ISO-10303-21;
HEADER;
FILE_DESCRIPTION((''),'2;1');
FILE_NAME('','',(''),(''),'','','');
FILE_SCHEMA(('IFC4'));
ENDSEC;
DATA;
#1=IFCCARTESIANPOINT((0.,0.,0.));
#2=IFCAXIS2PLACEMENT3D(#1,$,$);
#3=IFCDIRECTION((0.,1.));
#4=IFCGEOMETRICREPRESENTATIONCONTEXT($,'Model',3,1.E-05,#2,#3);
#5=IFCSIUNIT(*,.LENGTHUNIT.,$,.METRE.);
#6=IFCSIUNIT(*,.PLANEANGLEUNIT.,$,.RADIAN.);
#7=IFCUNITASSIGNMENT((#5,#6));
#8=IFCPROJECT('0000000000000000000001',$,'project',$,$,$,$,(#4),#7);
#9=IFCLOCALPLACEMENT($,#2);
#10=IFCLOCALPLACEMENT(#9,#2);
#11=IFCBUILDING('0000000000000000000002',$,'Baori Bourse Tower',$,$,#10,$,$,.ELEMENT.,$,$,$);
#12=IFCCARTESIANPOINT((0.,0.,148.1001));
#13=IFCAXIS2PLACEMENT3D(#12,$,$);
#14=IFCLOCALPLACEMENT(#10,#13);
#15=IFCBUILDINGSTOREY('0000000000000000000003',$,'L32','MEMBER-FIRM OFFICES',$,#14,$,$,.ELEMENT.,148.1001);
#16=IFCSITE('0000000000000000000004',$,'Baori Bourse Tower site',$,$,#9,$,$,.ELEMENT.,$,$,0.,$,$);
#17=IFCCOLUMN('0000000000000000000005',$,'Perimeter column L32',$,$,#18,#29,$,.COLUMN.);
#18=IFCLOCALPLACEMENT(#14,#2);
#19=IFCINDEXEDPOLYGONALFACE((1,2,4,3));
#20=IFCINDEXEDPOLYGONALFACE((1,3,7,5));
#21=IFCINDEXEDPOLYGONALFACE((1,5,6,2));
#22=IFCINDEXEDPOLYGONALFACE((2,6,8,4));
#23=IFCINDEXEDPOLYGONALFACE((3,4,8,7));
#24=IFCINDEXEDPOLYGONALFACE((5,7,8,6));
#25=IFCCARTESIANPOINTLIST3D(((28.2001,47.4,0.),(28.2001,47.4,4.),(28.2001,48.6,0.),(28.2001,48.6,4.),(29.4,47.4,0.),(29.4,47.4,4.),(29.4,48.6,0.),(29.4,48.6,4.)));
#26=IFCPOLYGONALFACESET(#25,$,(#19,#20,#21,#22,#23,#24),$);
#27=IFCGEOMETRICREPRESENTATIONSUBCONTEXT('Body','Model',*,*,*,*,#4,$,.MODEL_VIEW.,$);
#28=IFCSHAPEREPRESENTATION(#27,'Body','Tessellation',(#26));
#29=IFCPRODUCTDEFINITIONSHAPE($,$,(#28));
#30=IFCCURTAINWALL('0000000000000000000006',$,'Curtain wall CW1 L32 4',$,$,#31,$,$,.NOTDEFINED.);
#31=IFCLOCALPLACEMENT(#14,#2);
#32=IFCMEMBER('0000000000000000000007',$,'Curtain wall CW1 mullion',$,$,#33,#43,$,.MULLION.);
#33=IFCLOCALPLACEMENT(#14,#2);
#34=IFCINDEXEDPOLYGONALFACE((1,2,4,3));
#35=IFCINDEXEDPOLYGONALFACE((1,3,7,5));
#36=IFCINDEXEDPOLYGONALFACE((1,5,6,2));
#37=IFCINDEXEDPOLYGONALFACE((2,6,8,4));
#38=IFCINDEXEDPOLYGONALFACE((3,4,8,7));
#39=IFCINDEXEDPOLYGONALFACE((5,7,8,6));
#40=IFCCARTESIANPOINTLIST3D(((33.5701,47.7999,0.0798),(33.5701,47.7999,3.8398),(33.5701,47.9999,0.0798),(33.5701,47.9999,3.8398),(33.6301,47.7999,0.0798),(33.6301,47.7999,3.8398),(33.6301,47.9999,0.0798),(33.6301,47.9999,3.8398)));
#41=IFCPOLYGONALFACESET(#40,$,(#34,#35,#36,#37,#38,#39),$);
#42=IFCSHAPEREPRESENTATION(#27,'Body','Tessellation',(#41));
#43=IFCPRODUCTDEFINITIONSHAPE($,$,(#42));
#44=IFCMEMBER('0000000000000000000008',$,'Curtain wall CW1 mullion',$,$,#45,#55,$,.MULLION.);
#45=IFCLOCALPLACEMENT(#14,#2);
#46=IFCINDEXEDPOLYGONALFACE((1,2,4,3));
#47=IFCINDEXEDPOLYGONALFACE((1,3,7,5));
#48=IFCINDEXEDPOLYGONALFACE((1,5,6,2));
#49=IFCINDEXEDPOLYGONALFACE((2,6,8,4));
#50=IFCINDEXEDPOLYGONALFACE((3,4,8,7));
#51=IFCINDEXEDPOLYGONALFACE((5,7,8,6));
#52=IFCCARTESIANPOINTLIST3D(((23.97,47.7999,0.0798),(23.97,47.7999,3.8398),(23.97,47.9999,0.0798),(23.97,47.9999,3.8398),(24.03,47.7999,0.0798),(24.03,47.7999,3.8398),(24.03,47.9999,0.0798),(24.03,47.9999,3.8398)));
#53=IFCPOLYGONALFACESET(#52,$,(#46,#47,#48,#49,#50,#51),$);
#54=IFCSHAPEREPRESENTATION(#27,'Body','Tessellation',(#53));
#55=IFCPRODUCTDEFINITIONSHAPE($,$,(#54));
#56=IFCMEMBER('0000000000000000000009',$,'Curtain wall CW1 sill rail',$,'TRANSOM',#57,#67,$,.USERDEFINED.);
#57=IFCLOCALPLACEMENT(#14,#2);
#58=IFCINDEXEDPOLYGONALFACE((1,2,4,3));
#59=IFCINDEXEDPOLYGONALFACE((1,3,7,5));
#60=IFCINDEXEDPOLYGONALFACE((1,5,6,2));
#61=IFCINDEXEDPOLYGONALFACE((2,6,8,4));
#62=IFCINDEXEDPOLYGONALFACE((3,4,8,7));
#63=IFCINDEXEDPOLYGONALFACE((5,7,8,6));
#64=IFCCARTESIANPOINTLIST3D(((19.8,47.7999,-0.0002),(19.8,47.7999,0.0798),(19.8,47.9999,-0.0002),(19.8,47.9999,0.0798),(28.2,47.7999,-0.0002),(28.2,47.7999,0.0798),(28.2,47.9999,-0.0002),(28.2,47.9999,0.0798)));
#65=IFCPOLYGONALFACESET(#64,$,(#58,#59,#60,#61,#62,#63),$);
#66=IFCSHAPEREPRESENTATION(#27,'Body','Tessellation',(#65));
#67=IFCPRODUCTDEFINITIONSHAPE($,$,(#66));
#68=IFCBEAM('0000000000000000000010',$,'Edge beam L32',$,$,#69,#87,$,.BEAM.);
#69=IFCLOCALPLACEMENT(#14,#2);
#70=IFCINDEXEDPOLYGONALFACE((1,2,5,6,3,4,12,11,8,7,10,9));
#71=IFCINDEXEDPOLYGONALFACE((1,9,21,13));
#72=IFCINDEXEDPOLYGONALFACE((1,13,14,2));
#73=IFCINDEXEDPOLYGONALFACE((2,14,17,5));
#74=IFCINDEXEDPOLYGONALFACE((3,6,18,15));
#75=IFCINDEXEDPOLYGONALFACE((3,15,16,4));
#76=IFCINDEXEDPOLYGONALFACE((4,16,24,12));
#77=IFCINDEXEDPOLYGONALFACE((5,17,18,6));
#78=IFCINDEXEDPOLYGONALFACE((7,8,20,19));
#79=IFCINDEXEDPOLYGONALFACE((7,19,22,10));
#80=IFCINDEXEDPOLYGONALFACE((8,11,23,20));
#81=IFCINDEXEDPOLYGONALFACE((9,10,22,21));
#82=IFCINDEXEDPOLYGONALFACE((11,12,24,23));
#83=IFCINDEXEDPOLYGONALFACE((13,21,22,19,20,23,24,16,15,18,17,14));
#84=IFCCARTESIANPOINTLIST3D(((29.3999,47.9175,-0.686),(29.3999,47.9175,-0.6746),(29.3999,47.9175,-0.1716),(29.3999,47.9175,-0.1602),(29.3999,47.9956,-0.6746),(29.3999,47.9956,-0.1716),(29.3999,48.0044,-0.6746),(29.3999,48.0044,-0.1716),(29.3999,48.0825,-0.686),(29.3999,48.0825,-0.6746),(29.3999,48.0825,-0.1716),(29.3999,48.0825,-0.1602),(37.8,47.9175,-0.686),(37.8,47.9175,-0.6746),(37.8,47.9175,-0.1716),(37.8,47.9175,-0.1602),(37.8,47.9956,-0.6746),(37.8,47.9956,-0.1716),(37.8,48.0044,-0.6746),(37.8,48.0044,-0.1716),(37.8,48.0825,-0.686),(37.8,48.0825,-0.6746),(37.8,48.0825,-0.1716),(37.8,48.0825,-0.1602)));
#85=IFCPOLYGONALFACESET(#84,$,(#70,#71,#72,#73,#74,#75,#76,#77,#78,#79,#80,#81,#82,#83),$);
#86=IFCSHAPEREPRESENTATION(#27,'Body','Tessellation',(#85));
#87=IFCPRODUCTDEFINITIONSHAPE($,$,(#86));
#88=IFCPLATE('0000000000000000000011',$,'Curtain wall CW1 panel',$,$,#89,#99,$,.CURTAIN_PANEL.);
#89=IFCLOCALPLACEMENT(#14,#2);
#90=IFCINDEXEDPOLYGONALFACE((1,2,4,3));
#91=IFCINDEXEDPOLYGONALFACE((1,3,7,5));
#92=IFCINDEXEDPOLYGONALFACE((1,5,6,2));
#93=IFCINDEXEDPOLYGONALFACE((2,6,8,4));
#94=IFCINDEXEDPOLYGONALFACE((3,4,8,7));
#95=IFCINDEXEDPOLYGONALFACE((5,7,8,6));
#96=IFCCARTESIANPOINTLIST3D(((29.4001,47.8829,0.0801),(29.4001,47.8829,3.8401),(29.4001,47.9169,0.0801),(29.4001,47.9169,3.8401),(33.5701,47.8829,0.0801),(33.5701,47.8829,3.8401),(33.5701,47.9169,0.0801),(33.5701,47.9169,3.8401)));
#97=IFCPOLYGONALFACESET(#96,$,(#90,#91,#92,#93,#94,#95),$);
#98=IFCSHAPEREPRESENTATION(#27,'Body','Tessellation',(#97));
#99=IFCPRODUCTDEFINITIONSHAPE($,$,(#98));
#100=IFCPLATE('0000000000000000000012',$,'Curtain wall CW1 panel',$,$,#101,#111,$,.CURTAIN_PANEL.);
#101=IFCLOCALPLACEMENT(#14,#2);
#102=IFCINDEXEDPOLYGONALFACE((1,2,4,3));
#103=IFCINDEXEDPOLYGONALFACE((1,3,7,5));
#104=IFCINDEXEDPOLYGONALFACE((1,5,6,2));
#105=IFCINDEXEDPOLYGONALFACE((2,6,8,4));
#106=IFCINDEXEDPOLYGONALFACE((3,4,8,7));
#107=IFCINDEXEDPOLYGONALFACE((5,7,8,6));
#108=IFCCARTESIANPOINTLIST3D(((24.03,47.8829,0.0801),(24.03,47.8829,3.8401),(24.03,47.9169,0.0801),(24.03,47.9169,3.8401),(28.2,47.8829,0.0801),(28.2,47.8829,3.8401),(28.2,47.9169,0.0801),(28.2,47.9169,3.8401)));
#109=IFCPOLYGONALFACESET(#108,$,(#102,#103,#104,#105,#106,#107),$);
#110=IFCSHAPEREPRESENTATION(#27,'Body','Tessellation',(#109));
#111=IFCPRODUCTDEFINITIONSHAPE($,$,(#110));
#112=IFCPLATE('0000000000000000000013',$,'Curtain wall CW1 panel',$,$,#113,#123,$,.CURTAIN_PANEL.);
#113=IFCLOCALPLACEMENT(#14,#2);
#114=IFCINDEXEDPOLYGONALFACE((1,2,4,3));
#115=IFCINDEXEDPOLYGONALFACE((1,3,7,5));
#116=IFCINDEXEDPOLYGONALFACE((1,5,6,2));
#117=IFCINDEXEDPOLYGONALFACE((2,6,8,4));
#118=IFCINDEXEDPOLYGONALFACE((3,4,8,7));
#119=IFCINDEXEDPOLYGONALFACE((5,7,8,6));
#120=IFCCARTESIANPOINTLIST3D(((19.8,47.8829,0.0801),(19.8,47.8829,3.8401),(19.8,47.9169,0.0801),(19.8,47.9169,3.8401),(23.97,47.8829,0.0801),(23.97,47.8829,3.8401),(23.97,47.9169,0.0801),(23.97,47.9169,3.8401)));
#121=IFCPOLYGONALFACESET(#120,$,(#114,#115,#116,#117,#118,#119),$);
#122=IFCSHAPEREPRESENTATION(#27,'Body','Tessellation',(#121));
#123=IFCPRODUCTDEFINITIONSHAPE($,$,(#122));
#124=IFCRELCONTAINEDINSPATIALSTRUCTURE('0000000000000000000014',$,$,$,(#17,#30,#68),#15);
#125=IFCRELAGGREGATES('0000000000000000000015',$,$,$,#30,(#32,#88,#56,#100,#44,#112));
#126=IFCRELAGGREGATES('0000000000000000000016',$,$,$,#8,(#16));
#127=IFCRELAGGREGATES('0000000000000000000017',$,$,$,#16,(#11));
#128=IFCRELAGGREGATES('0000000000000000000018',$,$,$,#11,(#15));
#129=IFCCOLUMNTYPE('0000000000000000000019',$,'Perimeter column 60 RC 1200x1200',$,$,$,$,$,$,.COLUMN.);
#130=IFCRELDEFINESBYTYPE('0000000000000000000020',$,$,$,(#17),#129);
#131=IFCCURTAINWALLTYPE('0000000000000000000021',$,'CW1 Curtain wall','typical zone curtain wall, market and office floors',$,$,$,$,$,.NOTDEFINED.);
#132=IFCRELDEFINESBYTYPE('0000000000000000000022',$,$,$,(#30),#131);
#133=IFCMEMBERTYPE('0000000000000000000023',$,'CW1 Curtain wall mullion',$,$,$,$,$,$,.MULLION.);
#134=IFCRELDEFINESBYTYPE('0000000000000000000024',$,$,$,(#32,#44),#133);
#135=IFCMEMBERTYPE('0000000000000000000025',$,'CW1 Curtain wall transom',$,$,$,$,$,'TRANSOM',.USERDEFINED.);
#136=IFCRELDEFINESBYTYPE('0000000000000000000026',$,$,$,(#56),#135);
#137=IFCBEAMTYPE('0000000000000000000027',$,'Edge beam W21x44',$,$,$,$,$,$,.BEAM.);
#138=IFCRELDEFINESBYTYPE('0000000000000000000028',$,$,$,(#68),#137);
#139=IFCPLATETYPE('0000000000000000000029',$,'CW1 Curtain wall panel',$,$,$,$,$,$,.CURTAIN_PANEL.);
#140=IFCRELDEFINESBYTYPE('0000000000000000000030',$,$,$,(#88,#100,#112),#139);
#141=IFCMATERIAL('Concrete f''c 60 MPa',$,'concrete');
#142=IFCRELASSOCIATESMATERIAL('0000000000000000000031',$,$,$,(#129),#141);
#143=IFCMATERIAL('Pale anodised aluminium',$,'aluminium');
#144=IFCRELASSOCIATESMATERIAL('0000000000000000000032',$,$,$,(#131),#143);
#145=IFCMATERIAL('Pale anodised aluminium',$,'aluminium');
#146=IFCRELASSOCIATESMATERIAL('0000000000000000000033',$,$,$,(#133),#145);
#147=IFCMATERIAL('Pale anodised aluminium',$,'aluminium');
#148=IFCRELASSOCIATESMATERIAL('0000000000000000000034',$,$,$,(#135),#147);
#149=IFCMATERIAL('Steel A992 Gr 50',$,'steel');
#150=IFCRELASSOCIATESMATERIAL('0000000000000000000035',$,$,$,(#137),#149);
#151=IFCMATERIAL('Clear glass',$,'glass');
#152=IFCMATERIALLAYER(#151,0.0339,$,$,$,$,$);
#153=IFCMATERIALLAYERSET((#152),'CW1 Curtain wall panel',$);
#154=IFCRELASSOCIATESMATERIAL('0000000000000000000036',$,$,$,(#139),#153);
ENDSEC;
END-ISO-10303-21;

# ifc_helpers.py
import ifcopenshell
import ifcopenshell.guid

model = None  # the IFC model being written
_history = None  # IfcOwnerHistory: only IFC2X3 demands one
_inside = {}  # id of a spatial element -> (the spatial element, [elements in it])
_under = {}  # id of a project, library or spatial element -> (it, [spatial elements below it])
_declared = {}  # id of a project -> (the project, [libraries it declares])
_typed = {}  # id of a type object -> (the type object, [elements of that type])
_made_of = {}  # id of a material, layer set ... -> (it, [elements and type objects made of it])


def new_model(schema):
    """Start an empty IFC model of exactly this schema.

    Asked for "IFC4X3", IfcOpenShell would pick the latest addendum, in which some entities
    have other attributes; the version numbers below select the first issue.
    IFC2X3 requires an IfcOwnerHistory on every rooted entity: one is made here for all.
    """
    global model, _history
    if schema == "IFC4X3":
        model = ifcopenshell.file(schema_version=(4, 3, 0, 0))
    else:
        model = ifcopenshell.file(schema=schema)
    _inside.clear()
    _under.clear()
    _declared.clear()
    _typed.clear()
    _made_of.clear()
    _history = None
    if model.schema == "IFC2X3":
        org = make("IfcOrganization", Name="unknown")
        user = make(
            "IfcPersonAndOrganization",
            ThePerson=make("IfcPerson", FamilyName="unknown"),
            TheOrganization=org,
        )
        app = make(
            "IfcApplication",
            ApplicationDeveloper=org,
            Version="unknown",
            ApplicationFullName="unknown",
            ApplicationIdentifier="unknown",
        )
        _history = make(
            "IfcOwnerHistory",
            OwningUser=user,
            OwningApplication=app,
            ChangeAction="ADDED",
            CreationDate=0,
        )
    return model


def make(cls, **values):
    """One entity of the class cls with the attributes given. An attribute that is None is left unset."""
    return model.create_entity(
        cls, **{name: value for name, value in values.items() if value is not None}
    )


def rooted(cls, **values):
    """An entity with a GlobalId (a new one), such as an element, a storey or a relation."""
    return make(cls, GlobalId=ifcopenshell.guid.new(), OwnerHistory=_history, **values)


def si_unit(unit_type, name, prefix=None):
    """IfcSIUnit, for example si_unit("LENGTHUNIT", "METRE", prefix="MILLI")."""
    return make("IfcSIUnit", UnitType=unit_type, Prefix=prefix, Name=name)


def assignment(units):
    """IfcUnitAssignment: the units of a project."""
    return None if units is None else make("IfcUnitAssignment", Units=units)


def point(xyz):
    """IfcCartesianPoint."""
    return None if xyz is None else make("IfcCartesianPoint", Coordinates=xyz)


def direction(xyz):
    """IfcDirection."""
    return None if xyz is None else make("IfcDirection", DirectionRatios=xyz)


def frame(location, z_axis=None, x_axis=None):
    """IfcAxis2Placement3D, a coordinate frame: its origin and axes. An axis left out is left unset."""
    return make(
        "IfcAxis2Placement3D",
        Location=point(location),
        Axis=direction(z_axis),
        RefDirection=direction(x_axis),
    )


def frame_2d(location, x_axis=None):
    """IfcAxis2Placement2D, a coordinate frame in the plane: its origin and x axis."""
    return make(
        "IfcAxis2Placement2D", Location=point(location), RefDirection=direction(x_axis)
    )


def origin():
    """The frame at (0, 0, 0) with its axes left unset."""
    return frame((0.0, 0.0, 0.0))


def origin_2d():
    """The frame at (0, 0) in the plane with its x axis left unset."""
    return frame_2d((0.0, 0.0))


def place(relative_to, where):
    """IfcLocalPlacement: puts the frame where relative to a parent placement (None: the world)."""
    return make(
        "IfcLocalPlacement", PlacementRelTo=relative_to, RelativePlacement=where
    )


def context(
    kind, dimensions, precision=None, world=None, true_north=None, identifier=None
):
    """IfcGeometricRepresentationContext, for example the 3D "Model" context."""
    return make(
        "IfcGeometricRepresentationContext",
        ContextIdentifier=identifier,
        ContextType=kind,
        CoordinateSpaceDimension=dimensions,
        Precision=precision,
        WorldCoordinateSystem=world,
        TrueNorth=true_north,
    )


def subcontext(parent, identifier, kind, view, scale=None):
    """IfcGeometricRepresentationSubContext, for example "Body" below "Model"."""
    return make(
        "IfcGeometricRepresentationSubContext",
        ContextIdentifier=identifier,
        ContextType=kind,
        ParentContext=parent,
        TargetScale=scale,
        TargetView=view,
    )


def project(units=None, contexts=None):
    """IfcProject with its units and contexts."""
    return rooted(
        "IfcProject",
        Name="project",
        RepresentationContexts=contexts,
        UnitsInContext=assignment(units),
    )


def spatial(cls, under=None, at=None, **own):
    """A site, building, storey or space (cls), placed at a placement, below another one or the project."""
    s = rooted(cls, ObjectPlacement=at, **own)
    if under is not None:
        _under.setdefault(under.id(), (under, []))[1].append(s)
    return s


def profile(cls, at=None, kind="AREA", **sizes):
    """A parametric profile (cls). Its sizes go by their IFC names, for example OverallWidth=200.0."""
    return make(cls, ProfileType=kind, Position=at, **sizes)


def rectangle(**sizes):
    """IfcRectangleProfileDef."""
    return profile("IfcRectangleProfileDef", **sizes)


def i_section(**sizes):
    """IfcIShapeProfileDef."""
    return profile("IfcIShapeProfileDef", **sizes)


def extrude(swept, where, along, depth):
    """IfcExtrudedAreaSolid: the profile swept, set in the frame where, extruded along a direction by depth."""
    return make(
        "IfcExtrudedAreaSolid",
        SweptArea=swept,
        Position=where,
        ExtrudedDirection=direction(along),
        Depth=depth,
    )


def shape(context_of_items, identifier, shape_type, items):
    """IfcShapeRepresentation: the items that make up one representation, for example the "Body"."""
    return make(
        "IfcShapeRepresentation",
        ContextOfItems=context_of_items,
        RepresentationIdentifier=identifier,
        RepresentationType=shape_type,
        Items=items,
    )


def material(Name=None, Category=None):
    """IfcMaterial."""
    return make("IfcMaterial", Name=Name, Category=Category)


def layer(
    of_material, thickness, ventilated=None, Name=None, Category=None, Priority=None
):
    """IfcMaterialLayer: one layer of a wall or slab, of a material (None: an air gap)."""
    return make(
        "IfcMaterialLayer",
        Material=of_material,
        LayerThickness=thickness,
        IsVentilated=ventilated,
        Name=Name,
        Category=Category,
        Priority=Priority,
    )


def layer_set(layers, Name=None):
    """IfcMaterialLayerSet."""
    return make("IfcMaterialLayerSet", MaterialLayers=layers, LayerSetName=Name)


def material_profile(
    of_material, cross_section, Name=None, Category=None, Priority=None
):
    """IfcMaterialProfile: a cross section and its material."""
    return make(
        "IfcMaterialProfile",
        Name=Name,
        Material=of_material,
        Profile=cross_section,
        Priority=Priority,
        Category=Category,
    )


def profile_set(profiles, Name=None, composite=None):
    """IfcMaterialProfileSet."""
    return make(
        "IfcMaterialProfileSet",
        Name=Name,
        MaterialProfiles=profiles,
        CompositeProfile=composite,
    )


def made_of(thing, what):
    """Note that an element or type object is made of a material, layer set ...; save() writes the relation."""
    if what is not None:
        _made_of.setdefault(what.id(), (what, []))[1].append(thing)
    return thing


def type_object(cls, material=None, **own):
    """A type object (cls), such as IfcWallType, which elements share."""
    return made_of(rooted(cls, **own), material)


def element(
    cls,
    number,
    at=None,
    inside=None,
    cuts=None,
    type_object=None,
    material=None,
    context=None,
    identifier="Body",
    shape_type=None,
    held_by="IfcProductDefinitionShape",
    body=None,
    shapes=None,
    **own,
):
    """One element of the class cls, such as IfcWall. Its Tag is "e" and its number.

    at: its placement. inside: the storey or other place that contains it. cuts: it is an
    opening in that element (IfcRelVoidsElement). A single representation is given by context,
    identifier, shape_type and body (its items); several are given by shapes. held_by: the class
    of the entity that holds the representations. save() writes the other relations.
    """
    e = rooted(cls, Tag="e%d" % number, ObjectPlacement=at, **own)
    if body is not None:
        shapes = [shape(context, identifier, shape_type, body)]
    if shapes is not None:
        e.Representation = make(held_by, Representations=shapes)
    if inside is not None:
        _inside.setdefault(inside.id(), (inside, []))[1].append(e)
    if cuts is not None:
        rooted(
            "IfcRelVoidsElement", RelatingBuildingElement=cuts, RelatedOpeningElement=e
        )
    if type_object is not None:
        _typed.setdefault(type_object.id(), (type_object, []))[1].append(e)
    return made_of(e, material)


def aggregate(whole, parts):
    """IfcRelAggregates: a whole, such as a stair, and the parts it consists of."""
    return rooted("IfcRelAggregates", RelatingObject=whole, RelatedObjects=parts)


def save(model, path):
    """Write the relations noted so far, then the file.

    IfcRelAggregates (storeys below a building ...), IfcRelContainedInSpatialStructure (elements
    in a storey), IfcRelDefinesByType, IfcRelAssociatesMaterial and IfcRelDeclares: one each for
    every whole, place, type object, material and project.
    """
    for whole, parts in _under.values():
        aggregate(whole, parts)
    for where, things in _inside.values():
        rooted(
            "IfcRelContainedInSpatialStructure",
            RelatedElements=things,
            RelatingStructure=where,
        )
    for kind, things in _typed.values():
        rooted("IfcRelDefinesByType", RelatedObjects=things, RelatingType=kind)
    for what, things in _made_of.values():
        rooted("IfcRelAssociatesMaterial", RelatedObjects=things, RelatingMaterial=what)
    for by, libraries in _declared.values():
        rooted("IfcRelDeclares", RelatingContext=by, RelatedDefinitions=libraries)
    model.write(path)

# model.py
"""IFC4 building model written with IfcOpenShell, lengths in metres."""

from ifc_helpers import new_model, si_unit, direction, frame, origin, origin_2d, place, context, subcontext, project, spatial, rectangle, i_section, extrude, material, layer, layer_set, material_profile, profile_set, type_object, element, aggregate, save


model = new_model("IFC4")

# Units and contexts
model_context = context("Model", 3, precision=1e-05, world=origin(), true_north=direction((0.0, 1.0)))
body_context = subcontext(model_context, "Body", "Model", "MODEL_VIEW")
ifc_project = project(units=[si_unit("LENGTHUNIT", "METRE"), si_unit("PLANEANGLEUNIT", "RADIAN")], contexts=[model_context])

# Site, building, storey
site_placement = place(None, origin())
site = spatial("IfcSite", under=ifc_project, at=site_placement, Name="Baori Bourse Tower site", CompositionType="ELEMENT", RefElevation=0.0)
building_placement = place(site_placement, origin())
building = spatial("IfcBuilding", under=site, at=building_placement, Name="Baori Bourse Tower", CompositionType="ELEMENT")
storey_placement = place(building_placement, frame((0.0, 0.0, 148.1001)))
storey = spatial("IfcBuildingStorey", under=building, at=storey_placement, Name="L32", Description="MEMBER-FIRM OFFICES", CompositionType="ELEMENT", Elevation=148.1001)

# Column
ifc_material_1 = material(Name="Concrete f'c 60 MPa", Category="concrete")
ifc_material_profile_1 = material_profile(ifc_material_1, rectangle(XDim=1.2, YDim=1.2, at=origin_2d()), Name="RC 1200x1200")
ifc_profile_set_1 = profile_set([ifc_material_profile_1], Name="Concrete f'c 60 MPa")
column_type = type_object("IfcColumnType", Name="Perimeter column 60 RC 1200x1200", PredefinedType="COLUMN", material=ifc_profile_set_1)
column_placement = place(storey_placement, frame((28.8, 48.0, 0.0), z_axis=(0.0, 0.0, 1.0), x_axis=(1.0, 0.0, 0.0)))
element("IfcColumn", 1, at=column_placement, inside=storey, type_object=column_type, Name="Perimeter column L32", PredefinedType="COLUMN", context=body_context, shape_type="SweptSolid", body=[
    extrude(rectangle(XDim=1.2, YDim=1.2, at=origin_2d()), origin(), (0.0, 0.0, 1.0), 4.0),
])

# Curtain wall, members
ifc_material_2 = material(Name="Pale anodised aluminium", Category="aluminium")
curtain_wall_type = type_object("IfcCurtainWallType", Name="CW1 Curtain wall", Description="typical zone curtain wall, market and office floors", PredefinedType="NOTDEFINED", material=ifc_material_2)
curtain_wall_placement = place(storey_placement, origin())
curtain_wall = element("IfcCurtainWall", 2, at=curtain_wall_placement, inside=storey, type_object=curtain_wall_type, Name="Curtain wall CW1 L32 4", PredefinedType="NOTDEFINED")
ifc_material_3 = material(Name="Pale anodised aluminium", Category="aluminium")
ifc_material_profile_2 = material_profile(ifc_material_3, rectangle(XDim=0.2, YDim=0.0601, at=origin_2d()), Name="Mullion 60x200")
ifc_profile_set_2 = profile_set([ifc_material_profile_2], Name="Pale anodised aluminium")
member_type_1 = type_object("IfcMemberType", Name="CW1 Curtain wall mullion", PredefinedType="MULLION", material=ifc_profile_set_2)
member_1_placement = place(storey_placement, frame((33.6001, 47.8999, 0.0798), z_axis=(0.0, 0.0, 1.0), x_axis=(0.0, -1.0, 0.0)))
member_1 = element("IfcMember", 3, at=member_1_placement, type_object=member_type_1, Name="Curtain wall CW1 mullion", PredefinedType="MULLION", context=body_context, shape_type="SweptSolid", body=[
    extrude(rectangle(XDim=0.2, YDim=0.0601, at=origin_2d()), origin(), (0.0, 0.0, 1.0), 3.76),
])
member_2_placement = place(storey_placement, frame((24.0, 47.8999, 0.0798), z_axis=(0.0, 0.0, 1.0), x_axis=(0.0, -1.0, 0.0)))
member_2 = element("IfcMember", 4, at=member_2_placement, type_object=member_type_1, Name="Curtain wall CW1 mullion", PredefinedType="MULLION", context=body_context, shape_type="SweptSolid", body=[
    extrude(rectangle(XDim=0.2, YDim=0.0601, at=origin_2d()), origin(), (0.0, 0.0, 1.0), 3.76),
])
ifc_material_4 = material(Name="Pale anodised aluminium", Category="aluminium")
ifc_material_profile_3 = material_profile(ifc_material_4, rectangle(XDim=0.2, YDim=0.0801, at=origin_2d()), Name="Transom 80x200")
ifc_profile_set_3 = profile_set([ifc_material_profile_3], Name="Pale anodised aluminium")
member_type_2 = type_object("IfcMemberType", Name="CW1 Curtain wall transom", ElementType="TRANSOM", PredefinedType="USERDEFINED", material=ifc_profile_set_3)
member_3_placement = place(storey_placement, frame((28.2, 47.8999, 0.0398), z_axis=(-1.0, 0.0, 0.0), x_axis=(0.0, -1.0, 0.0)))
member_3 = element("IfcMember", 5, at=member_3_placement, type_object=member_type_2, Name="Curtain wall CW1 sill rail", ObjectType="TRANSOM", PredefinedType="USERDEFINED", context=body_context, shape_type="SweptSolid", body=[
    extrude(rectangle(XDim=0.2, YDim=0.0801, at=origin_2d()), origin(), (0.0, 0.0, 1.0), 8.3999),
])

# Beam
ifc_material_5 = material(Name="Steel A992 Gr 50", Category="steel")
ifc_material_profile_4 = material_profile(ifc_material_5, i_section(OverallWidth=0.165, OverallDepth=0.5259, WebThickness=0.0088, FlangeThickness=0.0115, at=origin_2d()), Name="W21x44")
ifc_profile_set_4 = profile_set([ifc_material_profile_4], Name="Steel A992 Gr 50")
beam_type = type_object("IfcBeamType", Name="Edge beam W21x44", PredefinedType="BEAM", material=ifc_profile_set_4)
beam_placement = place(storey_placement, frame((29.3999, 48.0, -0.4231), z_axis=(1.0, 0.0, 0.0), x_axis=(0.0, 1.0, 0.0)))
element("IfcBeam", 6, at=beam_placement, inside=storey, type_object=beam_type, Name="Edge beam L32", PredefinedType="BEAM", context=body_context, shape_type="SweptSolid", body=[
    extrude(i_section(OverallWidth=0.165, OverallDepth=0.5259, WebThickness=0.0088, FlangeThickness=0.0115, at=origin_2d()), origin(), (0.0, 0.0, 1.0), 8.4001),
])

# Plates
ifc_material_6 = material(Name="Clear glass", Category="glass")
ifc_layer_1 = layer(ifc_material_6, 0.0339)
ifc_layer_set_1 = layer_set([ifc_layer_1], Name="CW1 Curtain wall panel")
plate_type = type_object("IfcPlateType", Name="CW1 Curtain wall panel", PredefinedType="CURTAIN_PANEL", material=ifc_layer_set_1)
plate_1_placement = place(storey_placement, frame((31.4851, 47.8999, 0.0801), z_axis=(0.0, 0.0, 1.0), x_axis=(-1.0, 0.0, 0.0)))
plate_1 = element("IfcPlate", 7, at=plate_1_placement, type_object=plate_type, Name="Curtain wall CW1 panel", PredefinedType="CURTAIN_PANEL", context=body_context, shape_type="SweptSolid", body=[
    extrude(rectangle(XDim=4.1699, YDim=0.0339, at=origin_2d()), origin(), (0.0, 0.0, 1.0), 3.76),
])
plate_2_placement = place(storey_placement, frame((26.115, 47.8999, 0.0801), z_axis=(0.0, 0.0, 1.0), x_axis=(-1.0, 0.0, 0.0)))
plate_2 = element("IfcPlate", 8, at=plate_2_placement, type_object=plate_type, Name="Curtain wall CW1 panel", PredefinedType="CURTAIN_PANEL", context=body_context, shape_type="SweptSolid", body=[
    extrude(rectangle(XDim=4.1699, YDim=0.0339, at=origin_2d()), origin(), (0.0, 0.0, 1.0), 3.76),
])
plate_3_placement = place(storey_placement, frame((21.885, 47.8999, 0.0801), z_axis=(0.0, 0.0, 1.0), x_axis=(-1.0, 0.0, 0.0)))
plate_3 = element("IfcPlate", 9, at=plate_3_placement, type_object=plate_type, Name="Curtain wall CW1 panel", PredefinedType="CURTAIN_PANEL", context=body_context, shape_type="SweptSolid", body=[
    extrude(rectangle(XDim=4.1699, YDim=0.0339, at=origin_2d()), origin(), (0.0, 0.0, 1.0), 3.76),
])
aggregate(curtain_wall, [member_1, plate_1, member_3, plate_2, member_2, plate_3])

save(model, "model.ifc")
